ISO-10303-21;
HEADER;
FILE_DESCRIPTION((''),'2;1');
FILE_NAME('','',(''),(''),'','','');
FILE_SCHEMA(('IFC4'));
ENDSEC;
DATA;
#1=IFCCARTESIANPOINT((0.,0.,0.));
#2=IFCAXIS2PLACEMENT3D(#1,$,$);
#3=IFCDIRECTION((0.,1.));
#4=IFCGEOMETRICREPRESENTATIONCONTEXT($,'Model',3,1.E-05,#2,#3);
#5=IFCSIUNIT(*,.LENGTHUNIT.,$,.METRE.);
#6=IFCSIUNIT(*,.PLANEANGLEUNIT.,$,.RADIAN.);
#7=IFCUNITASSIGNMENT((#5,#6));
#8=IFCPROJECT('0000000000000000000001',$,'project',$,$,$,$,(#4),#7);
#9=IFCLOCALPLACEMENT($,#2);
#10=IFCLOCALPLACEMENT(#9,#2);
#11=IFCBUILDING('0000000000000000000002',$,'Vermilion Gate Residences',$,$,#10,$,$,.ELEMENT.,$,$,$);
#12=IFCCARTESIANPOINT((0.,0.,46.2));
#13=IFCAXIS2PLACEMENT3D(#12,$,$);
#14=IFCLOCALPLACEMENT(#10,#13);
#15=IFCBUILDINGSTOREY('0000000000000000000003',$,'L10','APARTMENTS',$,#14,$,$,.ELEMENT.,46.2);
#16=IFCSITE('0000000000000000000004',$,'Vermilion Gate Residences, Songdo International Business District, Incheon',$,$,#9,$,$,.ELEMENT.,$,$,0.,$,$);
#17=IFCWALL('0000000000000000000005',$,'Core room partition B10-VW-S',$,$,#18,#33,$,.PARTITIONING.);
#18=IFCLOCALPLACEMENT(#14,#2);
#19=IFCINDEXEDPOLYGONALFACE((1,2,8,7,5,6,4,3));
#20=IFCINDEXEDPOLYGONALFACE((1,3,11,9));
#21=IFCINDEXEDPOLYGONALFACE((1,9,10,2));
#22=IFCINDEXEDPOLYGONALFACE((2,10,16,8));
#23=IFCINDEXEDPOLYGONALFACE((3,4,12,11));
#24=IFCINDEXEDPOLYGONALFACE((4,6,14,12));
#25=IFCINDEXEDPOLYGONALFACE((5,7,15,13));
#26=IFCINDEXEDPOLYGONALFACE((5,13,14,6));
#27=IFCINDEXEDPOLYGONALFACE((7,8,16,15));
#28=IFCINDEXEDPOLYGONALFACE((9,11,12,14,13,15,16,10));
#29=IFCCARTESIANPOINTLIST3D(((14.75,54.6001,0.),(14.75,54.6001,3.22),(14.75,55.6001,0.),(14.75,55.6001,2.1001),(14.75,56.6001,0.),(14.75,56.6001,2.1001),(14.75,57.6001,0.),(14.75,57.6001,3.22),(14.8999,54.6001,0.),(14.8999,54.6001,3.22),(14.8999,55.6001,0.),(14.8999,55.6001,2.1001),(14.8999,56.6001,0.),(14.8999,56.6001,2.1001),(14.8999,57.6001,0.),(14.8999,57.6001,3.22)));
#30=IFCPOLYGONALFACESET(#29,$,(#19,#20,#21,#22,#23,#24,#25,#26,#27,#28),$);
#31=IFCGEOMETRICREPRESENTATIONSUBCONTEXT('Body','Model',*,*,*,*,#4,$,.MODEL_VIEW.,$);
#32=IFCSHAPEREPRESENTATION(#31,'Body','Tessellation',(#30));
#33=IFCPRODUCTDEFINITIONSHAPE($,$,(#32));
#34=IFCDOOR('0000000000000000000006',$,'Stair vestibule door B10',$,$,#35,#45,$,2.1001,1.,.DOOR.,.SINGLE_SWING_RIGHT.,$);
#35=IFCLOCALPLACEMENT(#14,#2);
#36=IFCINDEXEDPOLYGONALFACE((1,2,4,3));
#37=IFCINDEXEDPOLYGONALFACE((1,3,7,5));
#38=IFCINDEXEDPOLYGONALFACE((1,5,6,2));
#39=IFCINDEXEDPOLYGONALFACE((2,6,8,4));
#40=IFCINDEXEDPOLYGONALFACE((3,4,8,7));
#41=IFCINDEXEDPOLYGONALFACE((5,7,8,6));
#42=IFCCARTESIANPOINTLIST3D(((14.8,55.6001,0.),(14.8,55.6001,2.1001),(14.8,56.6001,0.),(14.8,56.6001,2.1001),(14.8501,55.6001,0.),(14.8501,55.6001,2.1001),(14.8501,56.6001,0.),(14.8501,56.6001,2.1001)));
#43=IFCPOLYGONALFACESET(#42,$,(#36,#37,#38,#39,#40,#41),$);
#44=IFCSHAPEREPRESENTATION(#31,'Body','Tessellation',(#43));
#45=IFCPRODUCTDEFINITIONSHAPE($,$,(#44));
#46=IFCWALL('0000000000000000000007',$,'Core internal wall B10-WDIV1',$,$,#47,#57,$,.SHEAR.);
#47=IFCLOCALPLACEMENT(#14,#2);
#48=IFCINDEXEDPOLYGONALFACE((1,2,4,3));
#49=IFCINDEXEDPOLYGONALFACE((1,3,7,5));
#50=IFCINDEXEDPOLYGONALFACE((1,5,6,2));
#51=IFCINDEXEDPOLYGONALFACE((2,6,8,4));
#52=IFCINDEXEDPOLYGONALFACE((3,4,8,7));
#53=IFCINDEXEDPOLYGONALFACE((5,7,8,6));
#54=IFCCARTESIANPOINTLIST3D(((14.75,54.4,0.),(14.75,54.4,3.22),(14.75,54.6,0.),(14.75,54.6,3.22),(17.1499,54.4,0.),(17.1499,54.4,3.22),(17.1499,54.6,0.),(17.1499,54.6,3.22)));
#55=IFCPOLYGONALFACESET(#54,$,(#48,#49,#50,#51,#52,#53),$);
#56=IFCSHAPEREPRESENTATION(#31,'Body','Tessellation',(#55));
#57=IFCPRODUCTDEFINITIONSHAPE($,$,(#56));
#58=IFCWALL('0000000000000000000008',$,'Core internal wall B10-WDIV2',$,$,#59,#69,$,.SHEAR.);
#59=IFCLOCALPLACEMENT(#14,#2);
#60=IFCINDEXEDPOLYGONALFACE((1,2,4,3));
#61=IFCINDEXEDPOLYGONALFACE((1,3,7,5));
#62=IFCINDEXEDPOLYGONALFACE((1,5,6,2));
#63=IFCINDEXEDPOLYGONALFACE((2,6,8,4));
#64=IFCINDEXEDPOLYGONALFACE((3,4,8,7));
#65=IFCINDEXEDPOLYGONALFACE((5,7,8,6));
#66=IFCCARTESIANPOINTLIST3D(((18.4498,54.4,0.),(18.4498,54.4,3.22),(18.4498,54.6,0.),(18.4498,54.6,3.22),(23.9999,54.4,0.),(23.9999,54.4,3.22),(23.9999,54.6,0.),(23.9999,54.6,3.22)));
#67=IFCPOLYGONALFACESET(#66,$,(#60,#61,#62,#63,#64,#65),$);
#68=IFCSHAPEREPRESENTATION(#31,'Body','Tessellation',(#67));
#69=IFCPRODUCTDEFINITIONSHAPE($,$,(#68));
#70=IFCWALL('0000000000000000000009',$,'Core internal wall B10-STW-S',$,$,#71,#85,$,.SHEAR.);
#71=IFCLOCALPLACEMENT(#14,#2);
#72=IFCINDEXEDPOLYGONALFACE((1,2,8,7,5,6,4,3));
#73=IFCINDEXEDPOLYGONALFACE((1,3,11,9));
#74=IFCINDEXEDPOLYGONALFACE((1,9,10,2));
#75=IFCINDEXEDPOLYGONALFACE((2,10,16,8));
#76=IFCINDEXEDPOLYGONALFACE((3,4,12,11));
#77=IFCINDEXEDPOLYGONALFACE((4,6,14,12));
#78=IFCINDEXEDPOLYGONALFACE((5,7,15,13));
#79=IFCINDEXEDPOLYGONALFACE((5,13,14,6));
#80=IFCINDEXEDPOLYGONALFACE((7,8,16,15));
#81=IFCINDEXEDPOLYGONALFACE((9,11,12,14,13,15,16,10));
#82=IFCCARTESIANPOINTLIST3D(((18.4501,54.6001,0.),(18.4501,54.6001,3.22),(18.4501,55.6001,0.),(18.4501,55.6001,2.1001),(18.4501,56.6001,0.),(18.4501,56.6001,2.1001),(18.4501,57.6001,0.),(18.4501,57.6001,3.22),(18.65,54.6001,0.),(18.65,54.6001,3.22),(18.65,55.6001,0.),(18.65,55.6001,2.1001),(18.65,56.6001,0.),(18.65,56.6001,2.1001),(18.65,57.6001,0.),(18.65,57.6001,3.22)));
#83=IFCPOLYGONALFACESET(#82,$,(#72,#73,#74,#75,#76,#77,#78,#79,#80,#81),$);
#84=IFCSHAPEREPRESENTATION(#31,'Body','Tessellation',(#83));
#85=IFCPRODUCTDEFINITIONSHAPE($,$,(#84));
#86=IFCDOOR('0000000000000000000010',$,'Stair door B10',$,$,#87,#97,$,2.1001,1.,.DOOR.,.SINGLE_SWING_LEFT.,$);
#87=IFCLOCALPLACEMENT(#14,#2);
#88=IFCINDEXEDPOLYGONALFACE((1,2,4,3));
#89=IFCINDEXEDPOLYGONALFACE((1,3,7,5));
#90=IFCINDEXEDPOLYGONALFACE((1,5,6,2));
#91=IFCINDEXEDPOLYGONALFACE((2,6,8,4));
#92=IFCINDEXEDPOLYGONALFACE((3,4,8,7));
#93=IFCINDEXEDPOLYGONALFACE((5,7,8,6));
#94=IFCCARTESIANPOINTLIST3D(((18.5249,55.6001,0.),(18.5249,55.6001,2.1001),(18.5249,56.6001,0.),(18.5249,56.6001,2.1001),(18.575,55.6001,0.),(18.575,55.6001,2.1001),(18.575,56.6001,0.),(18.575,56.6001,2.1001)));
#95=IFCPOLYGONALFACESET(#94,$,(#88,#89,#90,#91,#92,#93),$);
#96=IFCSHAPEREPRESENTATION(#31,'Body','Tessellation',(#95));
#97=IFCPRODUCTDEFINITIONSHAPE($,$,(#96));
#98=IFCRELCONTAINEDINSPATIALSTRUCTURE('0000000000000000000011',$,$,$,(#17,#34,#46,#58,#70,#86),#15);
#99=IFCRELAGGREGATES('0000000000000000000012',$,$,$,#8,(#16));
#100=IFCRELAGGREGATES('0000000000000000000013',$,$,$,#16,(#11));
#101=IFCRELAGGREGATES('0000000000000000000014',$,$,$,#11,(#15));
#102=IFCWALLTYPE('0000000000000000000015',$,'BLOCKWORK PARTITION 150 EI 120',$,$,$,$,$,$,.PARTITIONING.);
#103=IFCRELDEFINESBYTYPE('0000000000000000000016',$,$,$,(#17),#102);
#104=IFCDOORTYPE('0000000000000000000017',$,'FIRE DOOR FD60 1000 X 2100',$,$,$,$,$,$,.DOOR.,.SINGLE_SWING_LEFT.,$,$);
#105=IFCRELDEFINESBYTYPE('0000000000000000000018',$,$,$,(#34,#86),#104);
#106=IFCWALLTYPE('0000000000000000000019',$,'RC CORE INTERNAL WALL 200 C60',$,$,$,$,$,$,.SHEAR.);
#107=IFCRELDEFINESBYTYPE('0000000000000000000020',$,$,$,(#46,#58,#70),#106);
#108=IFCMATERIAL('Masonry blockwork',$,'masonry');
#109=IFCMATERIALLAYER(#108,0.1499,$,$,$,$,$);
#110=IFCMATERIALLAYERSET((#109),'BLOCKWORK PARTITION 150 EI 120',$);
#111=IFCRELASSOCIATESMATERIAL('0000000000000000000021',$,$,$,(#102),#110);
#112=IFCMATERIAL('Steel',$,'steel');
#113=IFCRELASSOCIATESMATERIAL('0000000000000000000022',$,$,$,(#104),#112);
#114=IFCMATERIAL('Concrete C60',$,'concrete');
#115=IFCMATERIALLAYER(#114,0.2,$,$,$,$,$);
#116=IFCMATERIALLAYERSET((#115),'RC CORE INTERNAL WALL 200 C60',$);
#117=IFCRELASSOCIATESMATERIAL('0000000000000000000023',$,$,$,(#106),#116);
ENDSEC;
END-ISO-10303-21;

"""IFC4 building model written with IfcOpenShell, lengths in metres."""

from ifc_helpers import new_model, si_unit, direction, frame, frame_2d, origin, place, context, subcontext, project, spatial, rectangle, extrude, material, layer, layer_set, type_object, element, fill, save


model = new_model("IFC4")

# Units and contexts
model_context = context("Model", 3, precision=1e-05, world=origin(), true_north=direction((0.0, 1.0)))
body_context = subcontext(model_context, "Body", "Model", "MODEL_VIEW")
ifc_project = project(units=[si_unit("LENGTHUNIT", "METRE"), si_unit("PLANEANGLEUNIT", "RADIAN")], contexts=[model_context])

# Site, building, storey
site_placement = place(None, origin())
site = spatial("IfcSite", under=ifc_project, at=site_placement, Name="Vermilion Gate Residences, Songdo International Business District, Incheon", CompositionType="ELEMENT", RefElevation=0.0)
building_placement = place(site_placement, origin())
building = spatial("IfcBuilding", under=site, at=building_placement, Name="Vermilion Gate Residences", CompositionType="ELEMENT")
storey_placement = place(building_placement, frame((0.0, 0.0, 46.2)))
storey = spatial("IfcBuildingStorey", under=building, at=storey_placement, Name="L10", Description="APARTMENTS", CompositionType="ELEMENT", Elevation=46.2)

# Wall, opening, door
ifc_material_1 = material(Name="Masonry blockwork", Category="masonry")
ifc_layer_1 = layer(ifc_material_1, 0.1499)
ifc_layer_set_1 = layer_set([ifc_layer_1], Name="BLOCKWORK PARTITION 150 EI 120")
wall_type_1 = type_object("IfcWallType", Name="BLOCKWORK PARTITION 150 EI 120", PredefinedType="PARTITIONING", material=ifc_layer_set_1)
wall_1_placement = place(storey_placement, frame((14.825, 57.6001, 0.0), z_axis=(0.0, 0.0, 1.0), x_axis=(0.0, -1.0, 0.0)))
wall_1 = element("IfcWall", 1, at=wall_1_placement, inside=storey, type_object=wall_type_1, Name="Core room partition B10-VW-S", PredefinedType="PARTITIONING", context=body_context, shape_type="SweptSolid", body=[
    extrude(rectangle(XDim=3.0, YDim=0.1499, at=frame_2d((1.5, 0.0))), origin(), (0.0, 0.0, 1.0), 3.22),
])
opening_1_placement = place(wall_1_placement, frame((1.0, 0.0, 0.0)))
opening_1 = element("IfcOpeningElement", 2, at=opening_1_placement, cuts=wall_1, PredefinedType="OPENING", context=body_context, shape_type="SweptSolid", body=[
    extrude(rectangle(XDim=1.0, YDim=2.1001, at=frame_2d((0.5, 1.05))), frame((0.0, 0.085, 0.0), z_axis=(0.0, -1.0, 0.0), x_axis=(1.0, 0.0, 0.0)), (0.0, 0.0, 1.0), 0.1699),
])
ifc_material_2 = material(Name="Steel", Category="steel")
door_type = type_object("IfcDoorType", Name="FIRE DOOR FD60 1000 X 2100", OperationType="SINGLE_SWING_LEFT", PredefinedType="DOOR", material=ifc_material_2)
door_1_placement = place(opening_1_placement, frame((1.0, 0.0, 0.0), z_axis=(0.0, 0.0, 1.0), x_axis=(-1.0, 0.0, 0.0)))
door_1 = element("IfcDoor", 3, at=door_1_placement, inside=storey, type_object=door_type, Name="Stair vestibule door B10", OperationType="SINGLE_SWING_RIGHT", OverallHeight=2.1001, OverallWidth=1.0, PredefinedType="DOOR", context=body_context, shape_type="SweptSolid", body=[
    extrude(rectangle(XDim=1.0, YDim=2.1001, at=frame_2d((0.5, 1.05))), frame((0.0, 0.0249, 0.0), z_axis=(0.0, -1.0, 0.0), x_axis=(1.0, 0.0, 0.0)), (0.0, 0.0, 1.0), 0.05),
])
fill(opening_1, door_1)

# Walls
ifc_material_3 = material(Name="Concrete C60", Category="concrete")
ifc_layer_2 = layer(ifc_material_3, 0.2)
ifc_layer_set_2 = layer_set([ifc_layer_2], Name="RC CORE INTERNAL WALL 200 C60")
wall_type_2 = type_object("IfcWallType", Name="RC CORE INTERNAL WALL 200 C60", PredefinedType="SHEAR", material=ifc_layer_set_2)
wall_2_placement = place(storey_placement, frame((14.75, 54.5, 0.0), z_axis=(0.0, 0.0, 1.0), x_axis=(1.0, 0.0, 0.0)))
element("IfcWall", 4, at=wall_2_placement, inside=storey, type_object=wall_type_2, Name="Core internal wall B10-WDIV1", PredefinedType="SHEAR", context=body_context, shape_type="SweptSolid", body=[
    extrude(rectangle(XDim=2.3999, YDim=0.2, at=frame_2d((1.2, 0.0))), origin(), (0.0, 0.0, 1.0), 3.22),
])
wall_3_placement = place(storey_placement, frame((18.45, 54.5, 0.0), z_axis=(0.0, 0.0, 1.0), x_axis=(1.0, 0.0, 0.0)))
element("IfcWall", 5, at=wall_3_placement, inside=storey, type_object=wall_type_2, Name="Core internal wall B10-WDIV2", PredefinedType="SHEAR", context=body_context, shape_type="SweptSolid", body=[
    extrude(rectangle(XDim=5.55, YDim=0.2, at=frame_2d((2.7749, 0.0))), origin(), (0.0, 0.0, 1.0), 3.22),
])

# Wall, opening, door
wall_4_placement = place(storey_placement, frame((18.55, 57.6001, 0.0), z_axis=(0.0, 0.0, 1.0), x_axis=(0.0, -1.0, 0.0)))
wall_4 = element("IfcWall", 6, at=wall_4_placement, inside=storey, type_object=wall_type_2, Name="Core internal wall B10-STW-S", PredefinedType="SHEAR", context=body_context, shape_type="SweptSolid", body=[
    extrude(rectangle(XDim=3.0, YDim=0.2, at=frame_2d((1.5, 0.0))), origin(), (0.0, 0.0, 1.0), 3.22),
])
opening_2_placement = place(wall_4_placement, frame((1.0, 0.0, 0.0)))
opening_2 = element("IfcOpeningElement", 7, at=opening_2_placement, cuts=wall_4, PredefinedType="OPENING", context=body_context, shape_type="SweptSolid", body=[
    extrude(rectangle(XDim=1.0, YDim=2.1001, at=frame_2d((0.5, 1.05))), frame((0.0, 0.1099, 0.0), z_axis=(0.0, -1.0, 0.0), x_axis=(1.0, 0.0, 0.0)), (0.0, 0.0, 1.0), 0.22),
])
door_2_placement = place(opening_2_placement, origin())
door_2 = element("IfcDoor", 8, at=door_2_placement, inside=storey, type_object=door_type, Name="Stair door B10", OperationType="SINGLE_SWING_LEFT", OverallHeight=2.1001, OverallWidth=1.0, PredefinedType="DOOR", context=body_context, shape_type="SweptSolid", body=[
    extrude(rectangle(XDim=1.0, YDim=2.1001, at=frame_2d((0.5, 1.05))), frame((0.0, 0.0249, 0.0), z_axis=(0.0, -1.0, 0.0), x_axis=(1.0, 0.0, 0.0)), (0.0, 0.0, 1.0), 0.05),
])
fill(opening_2, door_2)

save(model, "model.ifc")
